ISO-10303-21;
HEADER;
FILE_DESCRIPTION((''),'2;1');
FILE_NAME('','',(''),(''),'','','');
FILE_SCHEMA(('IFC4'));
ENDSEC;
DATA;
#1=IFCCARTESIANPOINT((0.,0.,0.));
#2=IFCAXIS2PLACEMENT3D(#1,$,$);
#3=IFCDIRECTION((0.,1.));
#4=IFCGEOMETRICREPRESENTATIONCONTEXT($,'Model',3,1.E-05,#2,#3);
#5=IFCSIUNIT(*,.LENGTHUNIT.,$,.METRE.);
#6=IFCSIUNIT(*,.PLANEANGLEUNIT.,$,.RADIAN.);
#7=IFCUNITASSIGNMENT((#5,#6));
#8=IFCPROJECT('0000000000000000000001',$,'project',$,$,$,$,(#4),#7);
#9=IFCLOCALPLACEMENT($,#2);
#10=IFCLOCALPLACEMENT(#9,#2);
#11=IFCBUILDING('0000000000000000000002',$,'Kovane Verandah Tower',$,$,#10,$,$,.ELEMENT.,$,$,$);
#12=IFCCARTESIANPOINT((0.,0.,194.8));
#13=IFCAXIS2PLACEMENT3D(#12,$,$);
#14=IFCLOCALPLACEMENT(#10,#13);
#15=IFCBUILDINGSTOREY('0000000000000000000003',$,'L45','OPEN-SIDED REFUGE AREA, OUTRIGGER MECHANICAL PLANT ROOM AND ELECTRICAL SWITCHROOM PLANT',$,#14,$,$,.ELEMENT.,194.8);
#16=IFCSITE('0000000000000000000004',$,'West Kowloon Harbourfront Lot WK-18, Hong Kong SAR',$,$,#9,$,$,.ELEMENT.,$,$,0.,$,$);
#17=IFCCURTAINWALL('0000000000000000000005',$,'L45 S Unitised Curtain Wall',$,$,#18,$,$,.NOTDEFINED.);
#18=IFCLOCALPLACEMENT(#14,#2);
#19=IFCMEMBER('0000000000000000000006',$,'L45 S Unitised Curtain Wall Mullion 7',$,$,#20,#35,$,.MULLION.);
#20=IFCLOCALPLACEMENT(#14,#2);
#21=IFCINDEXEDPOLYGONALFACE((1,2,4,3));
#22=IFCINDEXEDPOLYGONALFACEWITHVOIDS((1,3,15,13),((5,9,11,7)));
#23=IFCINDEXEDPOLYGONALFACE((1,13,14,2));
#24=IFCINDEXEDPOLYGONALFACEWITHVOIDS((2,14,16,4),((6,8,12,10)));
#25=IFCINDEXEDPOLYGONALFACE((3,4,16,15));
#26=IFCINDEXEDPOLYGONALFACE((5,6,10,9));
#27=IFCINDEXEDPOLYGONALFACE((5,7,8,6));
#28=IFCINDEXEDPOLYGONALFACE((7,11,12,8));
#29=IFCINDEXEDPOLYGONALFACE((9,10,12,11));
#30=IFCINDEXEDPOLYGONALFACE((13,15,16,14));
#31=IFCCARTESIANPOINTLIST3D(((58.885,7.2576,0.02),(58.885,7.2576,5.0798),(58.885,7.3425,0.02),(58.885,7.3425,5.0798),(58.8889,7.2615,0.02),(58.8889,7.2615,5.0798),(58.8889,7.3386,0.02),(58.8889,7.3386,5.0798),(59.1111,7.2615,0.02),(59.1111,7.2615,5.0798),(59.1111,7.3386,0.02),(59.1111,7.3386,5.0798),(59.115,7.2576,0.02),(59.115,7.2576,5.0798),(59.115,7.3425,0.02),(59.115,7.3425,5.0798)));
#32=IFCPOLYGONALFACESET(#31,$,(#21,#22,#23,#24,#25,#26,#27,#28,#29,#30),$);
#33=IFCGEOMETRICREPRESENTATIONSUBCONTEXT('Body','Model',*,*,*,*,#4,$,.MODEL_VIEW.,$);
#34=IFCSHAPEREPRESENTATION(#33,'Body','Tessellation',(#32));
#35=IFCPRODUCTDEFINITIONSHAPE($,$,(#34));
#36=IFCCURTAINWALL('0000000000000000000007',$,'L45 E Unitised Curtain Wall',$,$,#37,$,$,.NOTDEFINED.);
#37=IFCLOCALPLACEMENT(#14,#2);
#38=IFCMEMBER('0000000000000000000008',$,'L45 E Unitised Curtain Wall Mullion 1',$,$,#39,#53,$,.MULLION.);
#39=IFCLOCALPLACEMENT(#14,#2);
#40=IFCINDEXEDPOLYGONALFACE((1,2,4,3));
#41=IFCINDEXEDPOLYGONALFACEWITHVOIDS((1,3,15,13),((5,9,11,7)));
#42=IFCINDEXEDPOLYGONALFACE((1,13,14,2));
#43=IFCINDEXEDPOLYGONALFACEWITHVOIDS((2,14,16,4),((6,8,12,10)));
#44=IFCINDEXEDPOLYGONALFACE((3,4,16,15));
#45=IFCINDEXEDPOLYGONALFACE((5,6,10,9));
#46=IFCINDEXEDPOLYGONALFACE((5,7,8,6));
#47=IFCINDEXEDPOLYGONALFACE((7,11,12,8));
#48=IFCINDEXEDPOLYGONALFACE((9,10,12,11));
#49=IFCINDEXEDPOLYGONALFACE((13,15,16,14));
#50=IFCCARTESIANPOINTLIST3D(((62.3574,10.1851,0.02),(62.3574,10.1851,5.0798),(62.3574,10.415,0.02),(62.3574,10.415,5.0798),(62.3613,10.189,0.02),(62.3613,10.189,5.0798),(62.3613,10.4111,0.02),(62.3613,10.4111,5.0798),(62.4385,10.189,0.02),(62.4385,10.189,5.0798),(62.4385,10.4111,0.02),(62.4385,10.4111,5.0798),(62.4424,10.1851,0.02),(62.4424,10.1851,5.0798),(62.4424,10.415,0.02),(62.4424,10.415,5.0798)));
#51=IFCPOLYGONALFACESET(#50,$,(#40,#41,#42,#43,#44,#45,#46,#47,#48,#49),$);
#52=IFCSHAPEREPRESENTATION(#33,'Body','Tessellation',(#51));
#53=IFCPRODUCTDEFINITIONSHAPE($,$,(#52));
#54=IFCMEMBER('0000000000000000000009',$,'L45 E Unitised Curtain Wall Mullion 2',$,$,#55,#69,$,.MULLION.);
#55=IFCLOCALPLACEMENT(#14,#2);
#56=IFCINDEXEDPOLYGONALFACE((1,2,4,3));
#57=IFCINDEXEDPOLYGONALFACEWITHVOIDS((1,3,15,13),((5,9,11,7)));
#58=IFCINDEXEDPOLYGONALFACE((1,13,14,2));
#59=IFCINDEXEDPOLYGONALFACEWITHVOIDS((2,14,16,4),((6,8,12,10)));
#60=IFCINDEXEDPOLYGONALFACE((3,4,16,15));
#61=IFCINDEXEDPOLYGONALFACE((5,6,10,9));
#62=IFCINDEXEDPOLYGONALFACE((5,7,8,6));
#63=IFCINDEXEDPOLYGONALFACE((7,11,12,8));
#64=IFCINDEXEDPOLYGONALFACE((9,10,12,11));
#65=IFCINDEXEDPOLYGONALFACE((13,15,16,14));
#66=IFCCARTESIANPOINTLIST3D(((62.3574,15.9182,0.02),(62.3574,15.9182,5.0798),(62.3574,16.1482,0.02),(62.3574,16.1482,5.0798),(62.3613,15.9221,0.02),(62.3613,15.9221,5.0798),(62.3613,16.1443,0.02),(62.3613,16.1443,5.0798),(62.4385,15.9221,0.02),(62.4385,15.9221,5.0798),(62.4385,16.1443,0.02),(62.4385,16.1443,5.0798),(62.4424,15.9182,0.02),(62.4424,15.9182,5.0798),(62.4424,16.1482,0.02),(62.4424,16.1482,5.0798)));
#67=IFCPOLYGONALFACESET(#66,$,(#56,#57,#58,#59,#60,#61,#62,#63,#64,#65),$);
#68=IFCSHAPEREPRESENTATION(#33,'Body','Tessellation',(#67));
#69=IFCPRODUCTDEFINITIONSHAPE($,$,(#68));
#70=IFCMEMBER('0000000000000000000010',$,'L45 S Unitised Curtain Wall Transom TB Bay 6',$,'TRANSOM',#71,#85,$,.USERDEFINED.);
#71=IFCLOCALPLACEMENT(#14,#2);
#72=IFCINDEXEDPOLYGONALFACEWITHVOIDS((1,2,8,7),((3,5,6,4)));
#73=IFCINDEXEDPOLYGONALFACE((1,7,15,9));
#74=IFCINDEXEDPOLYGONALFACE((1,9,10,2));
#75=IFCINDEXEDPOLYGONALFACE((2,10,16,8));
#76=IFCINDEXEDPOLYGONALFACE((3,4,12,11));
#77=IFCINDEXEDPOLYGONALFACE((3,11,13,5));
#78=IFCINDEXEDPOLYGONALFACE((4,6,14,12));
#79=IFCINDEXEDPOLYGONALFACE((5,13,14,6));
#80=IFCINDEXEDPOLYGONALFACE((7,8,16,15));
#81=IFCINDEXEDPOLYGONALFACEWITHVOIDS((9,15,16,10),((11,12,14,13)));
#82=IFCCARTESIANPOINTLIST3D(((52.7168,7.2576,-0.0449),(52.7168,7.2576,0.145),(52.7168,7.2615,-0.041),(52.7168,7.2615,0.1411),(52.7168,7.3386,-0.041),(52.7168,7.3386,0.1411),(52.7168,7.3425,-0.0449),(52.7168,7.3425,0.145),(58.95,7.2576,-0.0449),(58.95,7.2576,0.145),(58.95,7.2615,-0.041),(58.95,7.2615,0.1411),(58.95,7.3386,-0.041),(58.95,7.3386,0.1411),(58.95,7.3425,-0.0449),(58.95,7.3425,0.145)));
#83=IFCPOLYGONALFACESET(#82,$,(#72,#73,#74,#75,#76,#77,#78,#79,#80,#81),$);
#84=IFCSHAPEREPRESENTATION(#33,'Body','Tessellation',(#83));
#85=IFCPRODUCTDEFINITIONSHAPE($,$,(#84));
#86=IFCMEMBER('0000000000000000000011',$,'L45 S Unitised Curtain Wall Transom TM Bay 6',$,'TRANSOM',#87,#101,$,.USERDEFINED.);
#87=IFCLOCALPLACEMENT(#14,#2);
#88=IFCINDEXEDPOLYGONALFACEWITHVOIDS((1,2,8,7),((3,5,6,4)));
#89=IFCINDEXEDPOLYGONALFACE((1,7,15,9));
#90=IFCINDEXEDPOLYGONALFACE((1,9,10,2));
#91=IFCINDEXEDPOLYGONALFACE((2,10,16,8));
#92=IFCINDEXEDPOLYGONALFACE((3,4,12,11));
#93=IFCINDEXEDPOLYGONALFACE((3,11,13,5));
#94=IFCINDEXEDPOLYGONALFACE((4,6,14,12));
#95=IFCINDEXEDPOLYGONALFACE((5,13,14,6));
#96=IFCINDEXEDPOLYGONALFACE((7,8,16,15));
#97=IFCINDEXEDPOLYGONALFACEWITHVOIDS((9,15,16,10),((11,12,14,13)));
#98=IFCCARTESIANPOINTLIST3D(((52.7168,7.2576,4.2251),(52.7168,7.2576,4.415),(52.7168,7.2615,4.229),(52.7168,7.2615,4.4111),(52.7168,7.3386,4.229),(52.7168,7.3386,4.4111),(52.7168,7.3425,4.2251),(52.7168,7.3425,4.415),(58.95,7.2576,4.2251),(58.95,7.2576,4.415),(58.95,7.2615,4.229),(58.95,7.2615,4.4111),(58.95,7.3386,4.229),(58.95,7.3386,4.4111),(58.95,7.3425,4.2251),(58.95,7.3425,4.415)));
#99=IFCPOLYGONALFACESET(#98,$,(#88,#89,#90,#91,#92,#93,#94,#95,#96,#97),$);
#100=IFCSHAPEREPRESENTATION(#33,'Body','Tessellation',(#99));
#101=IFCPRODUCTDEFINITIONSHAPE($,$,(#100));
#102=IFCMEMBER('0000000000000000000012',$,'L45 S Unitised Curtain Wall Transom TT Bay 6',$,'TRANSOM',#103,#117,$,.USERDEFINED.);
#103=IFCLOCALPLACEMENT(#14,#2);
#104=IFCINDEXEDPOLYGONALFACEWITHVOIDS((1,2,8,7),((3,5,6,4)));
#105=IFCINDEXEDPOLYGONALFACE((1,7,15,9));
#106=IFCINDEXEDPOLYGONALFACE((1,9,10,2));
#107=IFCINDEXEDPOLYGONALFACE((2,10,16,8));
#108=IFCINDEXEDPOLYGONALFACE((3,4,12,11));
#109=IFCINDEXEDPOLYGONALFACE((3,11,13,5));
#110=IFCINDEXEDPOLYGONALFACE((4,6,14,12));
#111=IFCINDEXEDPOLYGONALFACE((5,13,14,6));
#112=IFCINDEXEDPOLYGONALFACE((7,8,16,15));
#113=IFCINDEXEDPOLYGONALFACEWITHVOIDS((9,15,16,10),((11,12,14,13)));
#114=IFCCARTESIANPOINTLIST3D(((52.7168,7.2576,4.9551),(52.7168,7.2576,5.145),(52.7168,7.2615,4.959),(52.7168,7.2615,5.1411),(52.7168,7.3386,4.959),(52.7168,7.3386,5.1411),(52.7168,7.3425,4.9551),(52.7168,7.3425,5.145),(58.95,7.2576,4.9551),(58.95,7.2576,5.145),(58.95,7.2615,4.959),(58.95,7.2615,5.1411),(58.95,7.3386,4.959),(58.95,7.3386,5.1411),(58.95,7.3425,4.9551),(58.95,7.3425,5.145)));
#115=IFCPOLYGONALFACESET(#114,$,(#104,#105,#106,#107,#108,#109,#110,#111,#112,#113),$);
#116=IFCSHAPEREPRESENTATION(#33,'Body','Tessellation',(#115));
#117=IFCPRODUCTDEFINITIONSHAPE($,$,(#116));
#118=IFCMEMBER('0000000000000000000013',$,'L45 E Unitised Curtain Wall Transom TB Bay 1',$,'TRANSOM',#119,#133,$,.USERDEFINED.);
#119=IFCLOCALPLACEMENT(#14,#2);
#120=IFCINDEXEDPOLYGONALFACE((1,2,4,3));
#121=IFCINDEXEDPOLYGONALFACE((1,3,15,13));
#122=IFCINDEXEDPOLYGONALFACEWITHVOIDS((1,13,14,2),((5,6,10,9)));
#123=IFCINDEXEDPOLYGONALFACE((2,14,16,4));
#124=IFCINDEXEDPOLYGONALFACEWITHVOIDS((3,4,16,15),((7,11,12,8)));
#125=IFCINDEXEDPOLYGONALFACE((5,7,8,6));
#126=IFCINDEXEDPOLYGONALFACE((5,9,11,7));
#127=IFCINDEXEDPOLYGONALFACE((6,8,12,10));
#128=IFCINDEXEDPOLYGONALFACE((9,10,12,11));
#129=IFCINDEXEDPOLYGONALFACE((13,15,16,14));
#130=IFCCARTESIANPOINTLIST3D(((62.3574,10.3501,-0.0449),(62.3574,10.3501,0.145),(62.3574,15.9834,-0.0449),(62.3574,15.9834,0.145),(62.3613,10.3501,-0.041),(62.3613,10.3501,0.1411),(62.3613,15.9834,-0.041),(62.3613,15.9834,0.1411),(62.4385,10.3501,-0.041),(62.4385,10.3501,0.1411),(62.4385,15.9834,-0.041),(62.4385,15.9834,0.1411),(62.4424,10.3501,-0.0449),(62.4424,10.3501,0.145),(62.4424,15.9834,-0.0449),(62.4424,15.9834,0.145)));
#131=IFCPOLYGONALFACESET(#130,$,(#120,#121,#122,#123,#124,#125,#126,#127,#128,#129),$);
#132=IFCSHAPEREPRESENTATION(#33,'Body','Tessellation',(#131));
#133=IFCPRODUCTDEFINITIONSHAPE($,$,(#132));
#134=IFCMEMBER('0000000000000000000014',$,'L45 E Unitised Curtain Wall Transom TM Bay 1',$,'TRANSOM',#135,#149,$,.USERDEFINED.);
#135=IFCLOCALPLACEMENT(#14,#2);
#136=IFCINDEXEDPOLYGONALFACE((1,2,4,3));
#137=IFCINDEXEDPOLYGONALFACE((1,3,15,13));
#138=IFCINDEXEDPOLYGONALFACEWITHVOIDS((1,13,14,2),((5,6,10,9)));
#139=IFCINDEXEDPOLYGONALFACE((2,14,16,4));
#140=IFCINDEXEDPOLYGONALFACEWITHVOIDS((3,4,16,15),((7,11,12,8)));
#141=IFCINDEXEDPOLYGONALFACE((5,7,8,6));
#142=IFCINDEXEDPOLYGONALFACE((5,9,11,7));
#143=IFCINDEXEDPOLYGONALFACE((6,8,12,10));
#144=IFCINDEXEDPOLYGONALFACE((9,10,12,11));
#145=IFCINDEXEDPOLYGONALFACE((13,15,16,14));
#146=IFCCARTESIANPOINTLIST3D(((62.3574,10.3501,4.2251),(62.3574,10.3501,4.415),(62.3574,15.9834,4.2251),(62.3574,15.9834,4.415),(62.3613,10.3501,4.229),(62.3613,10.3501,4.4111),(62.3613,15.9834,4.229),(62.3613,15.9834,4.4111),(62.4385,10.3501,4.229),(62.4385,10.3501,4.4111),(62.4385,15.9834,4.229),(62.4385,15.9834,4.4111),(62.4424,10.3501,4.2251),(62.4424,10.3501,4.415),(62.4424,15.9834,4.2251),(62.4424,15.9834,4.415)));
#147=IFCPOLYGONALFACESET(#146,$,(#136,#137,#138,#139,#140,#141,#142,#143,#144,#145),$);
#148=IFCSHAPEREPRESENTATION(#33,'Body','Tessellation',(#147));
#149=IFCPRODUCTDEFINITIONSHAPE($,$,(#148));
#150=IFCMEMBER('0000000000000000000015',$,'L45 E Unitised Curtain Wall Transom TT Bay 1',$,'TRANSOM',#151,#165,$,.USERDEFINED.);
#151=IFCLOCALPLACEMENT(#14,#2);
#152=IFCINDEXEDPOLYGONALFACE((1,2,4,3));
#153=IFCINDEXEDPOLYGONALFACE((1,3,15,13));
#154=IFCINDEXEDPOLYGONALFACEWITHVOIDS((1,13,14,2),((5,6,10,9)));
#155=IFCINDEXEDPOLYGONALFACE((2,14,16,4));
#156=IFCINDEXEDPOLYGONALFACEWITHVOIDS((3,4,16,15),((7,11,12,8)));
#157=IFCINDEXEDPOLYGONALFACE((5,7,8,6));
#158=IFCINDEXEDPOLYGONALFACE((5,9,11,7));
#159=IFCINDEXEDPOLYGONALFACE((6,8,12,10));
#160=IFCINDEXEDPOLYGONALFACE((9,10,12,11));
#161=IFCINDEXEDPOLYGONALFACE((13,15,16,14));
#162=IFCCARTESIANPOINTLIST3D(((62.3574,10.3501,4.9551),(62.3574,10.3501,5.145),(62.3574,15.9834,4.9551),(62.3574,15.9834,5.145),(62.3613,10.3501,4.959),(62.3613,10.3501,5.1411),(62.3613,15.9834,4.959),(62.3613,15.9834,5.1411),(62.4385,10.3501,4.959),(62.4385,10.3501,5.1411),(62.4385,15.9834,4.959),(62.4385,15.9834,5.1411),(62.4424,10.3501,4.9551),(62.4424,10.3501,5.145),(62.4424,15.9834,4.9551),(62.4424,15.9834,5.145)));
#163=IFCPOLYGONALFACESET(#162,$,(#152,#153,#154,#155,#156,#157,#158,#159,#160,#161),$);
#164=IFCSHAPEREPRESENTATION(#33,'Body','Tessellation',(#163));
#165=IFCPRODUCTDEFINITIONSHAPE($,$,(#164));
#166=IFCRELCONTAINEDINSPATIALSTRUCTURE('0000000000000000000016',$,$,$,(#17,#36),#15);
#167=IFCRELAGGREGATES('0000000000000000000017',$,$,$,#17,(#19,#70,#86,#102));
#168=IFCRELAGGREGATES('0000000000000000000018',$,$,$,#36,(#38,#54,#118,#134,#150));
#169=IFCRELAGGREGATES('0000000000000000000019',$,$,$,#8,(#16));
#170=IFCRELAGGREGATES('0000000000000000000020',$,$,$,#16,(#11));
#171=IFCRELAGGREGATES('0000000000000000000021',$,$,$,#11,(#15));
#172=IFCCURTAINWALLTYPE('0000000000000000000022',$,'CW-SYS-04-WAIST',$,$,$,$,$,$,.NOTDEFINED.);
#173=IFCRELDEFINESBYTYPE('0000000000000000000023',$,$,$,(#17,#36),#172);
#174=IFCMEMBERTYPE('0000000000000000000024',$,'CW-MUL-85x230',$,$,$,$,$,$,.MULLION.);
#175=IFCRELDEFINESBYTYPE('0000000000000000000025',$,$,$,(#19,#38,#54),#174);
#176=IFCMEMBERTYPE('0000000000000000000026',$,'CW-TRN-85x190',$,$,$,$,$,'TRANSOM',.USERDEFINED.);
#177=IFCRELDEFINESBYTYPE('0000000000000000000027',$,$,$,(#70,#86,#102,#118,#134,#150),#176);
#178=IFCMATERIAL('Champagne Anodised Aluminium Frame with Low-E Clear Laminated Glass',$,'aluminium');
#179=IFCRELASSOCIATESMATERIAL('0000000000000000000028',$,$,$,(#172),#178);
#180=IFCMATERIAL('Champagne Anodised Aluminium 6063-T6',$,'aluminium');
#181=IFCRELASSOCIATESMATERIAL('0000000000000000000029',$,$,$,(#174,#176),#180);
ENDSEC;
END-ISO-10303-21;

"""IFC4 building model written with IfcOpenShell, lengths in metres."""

from ifc_helpers import new_model, si_unit, direction, frame, origin, origin_2d, place, context, subcontext, project, spatial, hollow_rectangle, extrude, material, material_profile, profile_set, type_object, element, aggregate, save


model = new_model("IFC4")

# Units and contexts
model_context = context("Model", 3, precision=1e-05, world=origin(), true_north=direction((0.0, 1.0)))
body_context = subcontext(model_context, "Body", "Model", "MODEL_VIEW")
ifc_project = project(units=[si_unit("LENGTHUNIT", "METRE"), si_unit("PLANEANGLEUNIT", "RADIAN")], contexts=[model_context])

# Site, building, storey
site_placement = place(None, origin())
site = spatial("IfcSite", under=ifc_project, at=site_placement, Name="West Kowloon Harbourfront Lot WK-18, Hong Kong SAR", CompositionType="ELEMENT", RefElevation=0.0)
building_placement = place(site_placement, origin())
building = spatial("IfcBuilding", under=site, at=building_placement, Name="Kovane Verandah Tower", CompositionType="ELEMENT")
storey_placement = place(building_placement, frame((0.0, 0.0, 194.8)))
storey = spatial("IfcBuildingStorey", under=building, at=storey_placement, Name="L45", Description="OPEN-SIDED REFUGE AREA, OUTRIGGER MECHANICAL PLANT ROOM AND ELECTRICAL SWITCHROOM PLANT", CompositionType="ELEMENT", Elevation=194.8)

# Curtain walls, members
ifc_material_1 = material(Name="Champagne Anodised Aluminium Frame with Low-E Clear Laminated Glass", Category="aluminium")
curtain_wall_type = type_object("IfcCurtainWallType", Name="CW-SYS-04-WAIST", PredefinedType="NOTDEFINED", material=ifc_material_1)
curtain_wall_1_placement = place(storey_placement, origin())
curtain_wall_1 = element("IfcCurtainWall", 1, at=curtain_wall_1_placement, inside=storey, type_object=curtain_wall_type, Name="L45 S Unitised Curtain Wall", PredefinedType="NOTDEFINED")
ifc_material_2 = material(Name="Champagne Anodised Aluminium 6063-T6", Category="aluminium")
ifc_material_profile_1 = material_profile(ifc_material_2, hollow_rectangle(XDim=0.085, YDim=0.23, WallThickness=0.0039, at=origin_2d()), Name="AL85x230x4")
ifc_profile_set_1 = profile_set([ifc_material_profile_1], Name="Champagne Anodised Aluminium 6063-T6")
member_type_1 = type_object("IfcMemberType", Name="CW-MUL-85x230", PredefinedType="MULLION", material=ifc_profile_set_1)
member_1_placement = place(storey_placement, frame((59.0, 7.3, 0.02), z_axis=(0.0, 0.0, 1.0), x_axis=(0.0, -1.0, 0.0)))
member_1 = element("IfcMember", 2, at=member_1_placement, type_object=member_type_1, Name="L45 S Unitised Curtain Wall Mullion 7", PredefinedType="MULLION", context=body_context, shape_type="SweptSolid", body=[
    extrude(hollow_rectangle(XDim=0.085, YDim=0.23, WallThickness=0.0039, at=origin_2d()), origin(), (0.0, 0.0, 1.0), 5.0598),
])
curtain_wall_2_placement = place(storey_placement, origin())
curtain_wall_2 = element("IfcCurtainWall", 3, at=curtain_wall_2_placement, inside=storey, type_object=curtain_wall_type, Name="L45 E Unitised Curtain Wall", PredefinedType="NOTDEFINED")
member_2_placement = place(storey_placement, frame((62.3999, 10.3, 0.02), z_axis=(0.0, 0.0, 1.0), x_axis=(1.0, 0.0, 0.0)))
member_2 = element("IfcMember", 4, at=member_2_placement, type_object=member_type_1, Name="L45 E Unitised Curtain Wall Mullion 1", PredefinedType="MULLION", context=body_context, shape_type="SweptSolid", body=[
    extrude(hollow_rectangle(XDim=0.085, YDim=0.23, WallThickness=0.0039, at=origin_2d()), origin(), (0.0, 0.0, 1.0), 5.0598),
])
member_3_placement = place(storey_placement, frame((62.3999, 16.0332, 0.02), z_axis=(0.0, 0.0, 1.0), x_axis=(1.0, 0.0, 0.0)))
member_3 = element("IfcMember", 5, at=member_3_placement, type_object=member_type_1, Name="L45 E Unitised Curtain Wall Mullion 2", PredefinedType="MULLION", context=body_context, shape_type="SweptSolid", body=[
    extrude(hollow_rectangle(XDim=0.085, YDim=0.23, WallThickness=0.0039, at=origin_2d()), origin(), (0.0, 0.0, 1.0), 5.0598),
])

# Members
ifc_material_profile_2 = material_profile(ifc_material_2, hollow_rectangle(XDim=0.085, YDim=0.1899, WallThickness=0.0039, at=origin_2d()), Name="AL85x190x4")
ifc_profile_set_2 = profile_set([ifc_material_profile_2], Name="Champagne Anodised Aluminium 6063-T6")
member_type_2 = type_object("IfcMemberType", Name="CW-TRN-85x190", ElementType="TRANSOM", PredefinedType="USERDEFINED", material=ifc_profile_set_2)
member_4_placement = place(storey_placement, frame((52.7168, 7.3, 0.05), z_axis=(1.0, 0.0, 0.0), x_axis=(0.0, 1.0, 0.0)))
member_4 = element("IfcMember", 6, at=member_4_placement, type_object=member_type_2, Name="L45 S Unitised Curtain Wall Transom TB Bay 6", ObjectType="TRANSOM", PredefinedType="USERDEFINED", context=body_context, shape_type="SweptSolid", body=[
    extrude(hollow_rectangle(XDim=0.085, YDim=0.1899, WallThickness=0.0039, at=origin_2d()), origin(), (0.0, 0.0, 1.0), 6.2332),
])
member_5_placement = place(storey_placement, frame((52.7168, 7.3, 4.3201), z_axis=(1.0, 0.0, 0.0), x_axis=(0.0, 1.0, 0.0)))
member_5 = element("IfcMember", 7, at=member_5_placement, type_object=member_type_2, Name="L45 S Unitised Curtain Wall Transom TM Bay 6", ObjectType="TRANSOM", PredefinedType="USERDEFINED", context=body_context, shape_type="SweptSolid", body=[
    extrude(hollow_rectangle(XDim=0.085, YDim=0.1899, WallThickness=0.0039, at=origin_2d()), origin(), (0.0, 0.0, 1.0), 6.2332),
])
member_6_placement = place(storey_placement, frame((52.7168, 7.3, 5.05), z_axis=(1.0, 0.0, 0.0), x_axis=(0.0, 1.0, 0.0)))
member_6 = element("IfcMember", 8, at=member_6_placement, type_object=member_type_2, Name="L45 S Unitised Curtain Wall Transom TT Bay 6", ObjectType="TRANSOM", PredefinedType="USERDEFINED", context=body_context, shape_type="SweptSolid", body=[
    extrude(hollow_rectangle(XDim=0.085, YDim=0.1899, WallThickness=0.0039, at=origin_2d()), origin(), (0.0, 0.0, 1.0), 6.2332),
])
member_7_placement = place(storey_placement, frame((62.3999, 10.3501, 0.05), z_axis=(0.0, 1.0, 0.0), x_axis=(-1.0, 0.0, 0.0)))
member_7 = element("IfcMember", 9, at=member_7_placement, type_object=member_type_2, Name="L45 E Unitised Curtain Wall Transom TB Bay 1", ObjectType="TRANSOM", PredefinedType="USERDEFINED", context=body_context, shape_type="SweptSolid", body=[
    extrude(hollow_rectangle(XDim=0.085, YDim=0.1899, WallThickness=0.0039, at=origin_2d()), origin(), (0.0, 0.0, 1.0), 5.6333),
])
member_8_placement = place(storey_placement, frame((62.3999, 10.3501, 4.3201), z_axis=(0.0, 1.0, 0.0), x_axis=(-1.0, 0.0, 0.0)))
member_8 = element("IfcMember", 10, at=member_8_placement, type_object=member_type_2, Name="L45 E Unitised Curtain Wall Transom TM Bay 1", ObjectType="TRANSOM", PredefinedType="USERDEFINED", context=body_context, shape_type="SweptSolid", body=[
    extrude(hollow_rectangle(XDim=0.085, YDim=0.1899, WallThickness=0.0039, at=origin_2d()), origin(), (0.0, 0.0, 1.0), 5.6333),
])
member_9_placement = place(storey_placement, frame((62.3999, 10.3501, 5.05), z_axis=(0.0, 1.0, 0.0), x_axis=(-1.0, 0.0, 0.0)))
member_9 = element("IfcMember", 11, at=member_9_placement, type_object=member_type_2, Name="L45 E Unitised Curtain Wall Transom TT Bay 1", ObjectType="TRANSOM", PredefinedType="USERDEFINED", context=body_context, shape_type="SweptSolid", body=[
    extrude(hollow_rectangle(XDim=0.085, YDim=0.1899, WallThickness=0.0039, at=origin_2d()), origin(), (0.0, 0.0, 1.0), 5.6333),
])

aggregate(curtain_wall_1, [member_1, member_4, member_5, member_6])
aggregate(curtain_wall_2, [member_2, member_3, member_7, member_8, member_9])

save(model, "model.ifc")
